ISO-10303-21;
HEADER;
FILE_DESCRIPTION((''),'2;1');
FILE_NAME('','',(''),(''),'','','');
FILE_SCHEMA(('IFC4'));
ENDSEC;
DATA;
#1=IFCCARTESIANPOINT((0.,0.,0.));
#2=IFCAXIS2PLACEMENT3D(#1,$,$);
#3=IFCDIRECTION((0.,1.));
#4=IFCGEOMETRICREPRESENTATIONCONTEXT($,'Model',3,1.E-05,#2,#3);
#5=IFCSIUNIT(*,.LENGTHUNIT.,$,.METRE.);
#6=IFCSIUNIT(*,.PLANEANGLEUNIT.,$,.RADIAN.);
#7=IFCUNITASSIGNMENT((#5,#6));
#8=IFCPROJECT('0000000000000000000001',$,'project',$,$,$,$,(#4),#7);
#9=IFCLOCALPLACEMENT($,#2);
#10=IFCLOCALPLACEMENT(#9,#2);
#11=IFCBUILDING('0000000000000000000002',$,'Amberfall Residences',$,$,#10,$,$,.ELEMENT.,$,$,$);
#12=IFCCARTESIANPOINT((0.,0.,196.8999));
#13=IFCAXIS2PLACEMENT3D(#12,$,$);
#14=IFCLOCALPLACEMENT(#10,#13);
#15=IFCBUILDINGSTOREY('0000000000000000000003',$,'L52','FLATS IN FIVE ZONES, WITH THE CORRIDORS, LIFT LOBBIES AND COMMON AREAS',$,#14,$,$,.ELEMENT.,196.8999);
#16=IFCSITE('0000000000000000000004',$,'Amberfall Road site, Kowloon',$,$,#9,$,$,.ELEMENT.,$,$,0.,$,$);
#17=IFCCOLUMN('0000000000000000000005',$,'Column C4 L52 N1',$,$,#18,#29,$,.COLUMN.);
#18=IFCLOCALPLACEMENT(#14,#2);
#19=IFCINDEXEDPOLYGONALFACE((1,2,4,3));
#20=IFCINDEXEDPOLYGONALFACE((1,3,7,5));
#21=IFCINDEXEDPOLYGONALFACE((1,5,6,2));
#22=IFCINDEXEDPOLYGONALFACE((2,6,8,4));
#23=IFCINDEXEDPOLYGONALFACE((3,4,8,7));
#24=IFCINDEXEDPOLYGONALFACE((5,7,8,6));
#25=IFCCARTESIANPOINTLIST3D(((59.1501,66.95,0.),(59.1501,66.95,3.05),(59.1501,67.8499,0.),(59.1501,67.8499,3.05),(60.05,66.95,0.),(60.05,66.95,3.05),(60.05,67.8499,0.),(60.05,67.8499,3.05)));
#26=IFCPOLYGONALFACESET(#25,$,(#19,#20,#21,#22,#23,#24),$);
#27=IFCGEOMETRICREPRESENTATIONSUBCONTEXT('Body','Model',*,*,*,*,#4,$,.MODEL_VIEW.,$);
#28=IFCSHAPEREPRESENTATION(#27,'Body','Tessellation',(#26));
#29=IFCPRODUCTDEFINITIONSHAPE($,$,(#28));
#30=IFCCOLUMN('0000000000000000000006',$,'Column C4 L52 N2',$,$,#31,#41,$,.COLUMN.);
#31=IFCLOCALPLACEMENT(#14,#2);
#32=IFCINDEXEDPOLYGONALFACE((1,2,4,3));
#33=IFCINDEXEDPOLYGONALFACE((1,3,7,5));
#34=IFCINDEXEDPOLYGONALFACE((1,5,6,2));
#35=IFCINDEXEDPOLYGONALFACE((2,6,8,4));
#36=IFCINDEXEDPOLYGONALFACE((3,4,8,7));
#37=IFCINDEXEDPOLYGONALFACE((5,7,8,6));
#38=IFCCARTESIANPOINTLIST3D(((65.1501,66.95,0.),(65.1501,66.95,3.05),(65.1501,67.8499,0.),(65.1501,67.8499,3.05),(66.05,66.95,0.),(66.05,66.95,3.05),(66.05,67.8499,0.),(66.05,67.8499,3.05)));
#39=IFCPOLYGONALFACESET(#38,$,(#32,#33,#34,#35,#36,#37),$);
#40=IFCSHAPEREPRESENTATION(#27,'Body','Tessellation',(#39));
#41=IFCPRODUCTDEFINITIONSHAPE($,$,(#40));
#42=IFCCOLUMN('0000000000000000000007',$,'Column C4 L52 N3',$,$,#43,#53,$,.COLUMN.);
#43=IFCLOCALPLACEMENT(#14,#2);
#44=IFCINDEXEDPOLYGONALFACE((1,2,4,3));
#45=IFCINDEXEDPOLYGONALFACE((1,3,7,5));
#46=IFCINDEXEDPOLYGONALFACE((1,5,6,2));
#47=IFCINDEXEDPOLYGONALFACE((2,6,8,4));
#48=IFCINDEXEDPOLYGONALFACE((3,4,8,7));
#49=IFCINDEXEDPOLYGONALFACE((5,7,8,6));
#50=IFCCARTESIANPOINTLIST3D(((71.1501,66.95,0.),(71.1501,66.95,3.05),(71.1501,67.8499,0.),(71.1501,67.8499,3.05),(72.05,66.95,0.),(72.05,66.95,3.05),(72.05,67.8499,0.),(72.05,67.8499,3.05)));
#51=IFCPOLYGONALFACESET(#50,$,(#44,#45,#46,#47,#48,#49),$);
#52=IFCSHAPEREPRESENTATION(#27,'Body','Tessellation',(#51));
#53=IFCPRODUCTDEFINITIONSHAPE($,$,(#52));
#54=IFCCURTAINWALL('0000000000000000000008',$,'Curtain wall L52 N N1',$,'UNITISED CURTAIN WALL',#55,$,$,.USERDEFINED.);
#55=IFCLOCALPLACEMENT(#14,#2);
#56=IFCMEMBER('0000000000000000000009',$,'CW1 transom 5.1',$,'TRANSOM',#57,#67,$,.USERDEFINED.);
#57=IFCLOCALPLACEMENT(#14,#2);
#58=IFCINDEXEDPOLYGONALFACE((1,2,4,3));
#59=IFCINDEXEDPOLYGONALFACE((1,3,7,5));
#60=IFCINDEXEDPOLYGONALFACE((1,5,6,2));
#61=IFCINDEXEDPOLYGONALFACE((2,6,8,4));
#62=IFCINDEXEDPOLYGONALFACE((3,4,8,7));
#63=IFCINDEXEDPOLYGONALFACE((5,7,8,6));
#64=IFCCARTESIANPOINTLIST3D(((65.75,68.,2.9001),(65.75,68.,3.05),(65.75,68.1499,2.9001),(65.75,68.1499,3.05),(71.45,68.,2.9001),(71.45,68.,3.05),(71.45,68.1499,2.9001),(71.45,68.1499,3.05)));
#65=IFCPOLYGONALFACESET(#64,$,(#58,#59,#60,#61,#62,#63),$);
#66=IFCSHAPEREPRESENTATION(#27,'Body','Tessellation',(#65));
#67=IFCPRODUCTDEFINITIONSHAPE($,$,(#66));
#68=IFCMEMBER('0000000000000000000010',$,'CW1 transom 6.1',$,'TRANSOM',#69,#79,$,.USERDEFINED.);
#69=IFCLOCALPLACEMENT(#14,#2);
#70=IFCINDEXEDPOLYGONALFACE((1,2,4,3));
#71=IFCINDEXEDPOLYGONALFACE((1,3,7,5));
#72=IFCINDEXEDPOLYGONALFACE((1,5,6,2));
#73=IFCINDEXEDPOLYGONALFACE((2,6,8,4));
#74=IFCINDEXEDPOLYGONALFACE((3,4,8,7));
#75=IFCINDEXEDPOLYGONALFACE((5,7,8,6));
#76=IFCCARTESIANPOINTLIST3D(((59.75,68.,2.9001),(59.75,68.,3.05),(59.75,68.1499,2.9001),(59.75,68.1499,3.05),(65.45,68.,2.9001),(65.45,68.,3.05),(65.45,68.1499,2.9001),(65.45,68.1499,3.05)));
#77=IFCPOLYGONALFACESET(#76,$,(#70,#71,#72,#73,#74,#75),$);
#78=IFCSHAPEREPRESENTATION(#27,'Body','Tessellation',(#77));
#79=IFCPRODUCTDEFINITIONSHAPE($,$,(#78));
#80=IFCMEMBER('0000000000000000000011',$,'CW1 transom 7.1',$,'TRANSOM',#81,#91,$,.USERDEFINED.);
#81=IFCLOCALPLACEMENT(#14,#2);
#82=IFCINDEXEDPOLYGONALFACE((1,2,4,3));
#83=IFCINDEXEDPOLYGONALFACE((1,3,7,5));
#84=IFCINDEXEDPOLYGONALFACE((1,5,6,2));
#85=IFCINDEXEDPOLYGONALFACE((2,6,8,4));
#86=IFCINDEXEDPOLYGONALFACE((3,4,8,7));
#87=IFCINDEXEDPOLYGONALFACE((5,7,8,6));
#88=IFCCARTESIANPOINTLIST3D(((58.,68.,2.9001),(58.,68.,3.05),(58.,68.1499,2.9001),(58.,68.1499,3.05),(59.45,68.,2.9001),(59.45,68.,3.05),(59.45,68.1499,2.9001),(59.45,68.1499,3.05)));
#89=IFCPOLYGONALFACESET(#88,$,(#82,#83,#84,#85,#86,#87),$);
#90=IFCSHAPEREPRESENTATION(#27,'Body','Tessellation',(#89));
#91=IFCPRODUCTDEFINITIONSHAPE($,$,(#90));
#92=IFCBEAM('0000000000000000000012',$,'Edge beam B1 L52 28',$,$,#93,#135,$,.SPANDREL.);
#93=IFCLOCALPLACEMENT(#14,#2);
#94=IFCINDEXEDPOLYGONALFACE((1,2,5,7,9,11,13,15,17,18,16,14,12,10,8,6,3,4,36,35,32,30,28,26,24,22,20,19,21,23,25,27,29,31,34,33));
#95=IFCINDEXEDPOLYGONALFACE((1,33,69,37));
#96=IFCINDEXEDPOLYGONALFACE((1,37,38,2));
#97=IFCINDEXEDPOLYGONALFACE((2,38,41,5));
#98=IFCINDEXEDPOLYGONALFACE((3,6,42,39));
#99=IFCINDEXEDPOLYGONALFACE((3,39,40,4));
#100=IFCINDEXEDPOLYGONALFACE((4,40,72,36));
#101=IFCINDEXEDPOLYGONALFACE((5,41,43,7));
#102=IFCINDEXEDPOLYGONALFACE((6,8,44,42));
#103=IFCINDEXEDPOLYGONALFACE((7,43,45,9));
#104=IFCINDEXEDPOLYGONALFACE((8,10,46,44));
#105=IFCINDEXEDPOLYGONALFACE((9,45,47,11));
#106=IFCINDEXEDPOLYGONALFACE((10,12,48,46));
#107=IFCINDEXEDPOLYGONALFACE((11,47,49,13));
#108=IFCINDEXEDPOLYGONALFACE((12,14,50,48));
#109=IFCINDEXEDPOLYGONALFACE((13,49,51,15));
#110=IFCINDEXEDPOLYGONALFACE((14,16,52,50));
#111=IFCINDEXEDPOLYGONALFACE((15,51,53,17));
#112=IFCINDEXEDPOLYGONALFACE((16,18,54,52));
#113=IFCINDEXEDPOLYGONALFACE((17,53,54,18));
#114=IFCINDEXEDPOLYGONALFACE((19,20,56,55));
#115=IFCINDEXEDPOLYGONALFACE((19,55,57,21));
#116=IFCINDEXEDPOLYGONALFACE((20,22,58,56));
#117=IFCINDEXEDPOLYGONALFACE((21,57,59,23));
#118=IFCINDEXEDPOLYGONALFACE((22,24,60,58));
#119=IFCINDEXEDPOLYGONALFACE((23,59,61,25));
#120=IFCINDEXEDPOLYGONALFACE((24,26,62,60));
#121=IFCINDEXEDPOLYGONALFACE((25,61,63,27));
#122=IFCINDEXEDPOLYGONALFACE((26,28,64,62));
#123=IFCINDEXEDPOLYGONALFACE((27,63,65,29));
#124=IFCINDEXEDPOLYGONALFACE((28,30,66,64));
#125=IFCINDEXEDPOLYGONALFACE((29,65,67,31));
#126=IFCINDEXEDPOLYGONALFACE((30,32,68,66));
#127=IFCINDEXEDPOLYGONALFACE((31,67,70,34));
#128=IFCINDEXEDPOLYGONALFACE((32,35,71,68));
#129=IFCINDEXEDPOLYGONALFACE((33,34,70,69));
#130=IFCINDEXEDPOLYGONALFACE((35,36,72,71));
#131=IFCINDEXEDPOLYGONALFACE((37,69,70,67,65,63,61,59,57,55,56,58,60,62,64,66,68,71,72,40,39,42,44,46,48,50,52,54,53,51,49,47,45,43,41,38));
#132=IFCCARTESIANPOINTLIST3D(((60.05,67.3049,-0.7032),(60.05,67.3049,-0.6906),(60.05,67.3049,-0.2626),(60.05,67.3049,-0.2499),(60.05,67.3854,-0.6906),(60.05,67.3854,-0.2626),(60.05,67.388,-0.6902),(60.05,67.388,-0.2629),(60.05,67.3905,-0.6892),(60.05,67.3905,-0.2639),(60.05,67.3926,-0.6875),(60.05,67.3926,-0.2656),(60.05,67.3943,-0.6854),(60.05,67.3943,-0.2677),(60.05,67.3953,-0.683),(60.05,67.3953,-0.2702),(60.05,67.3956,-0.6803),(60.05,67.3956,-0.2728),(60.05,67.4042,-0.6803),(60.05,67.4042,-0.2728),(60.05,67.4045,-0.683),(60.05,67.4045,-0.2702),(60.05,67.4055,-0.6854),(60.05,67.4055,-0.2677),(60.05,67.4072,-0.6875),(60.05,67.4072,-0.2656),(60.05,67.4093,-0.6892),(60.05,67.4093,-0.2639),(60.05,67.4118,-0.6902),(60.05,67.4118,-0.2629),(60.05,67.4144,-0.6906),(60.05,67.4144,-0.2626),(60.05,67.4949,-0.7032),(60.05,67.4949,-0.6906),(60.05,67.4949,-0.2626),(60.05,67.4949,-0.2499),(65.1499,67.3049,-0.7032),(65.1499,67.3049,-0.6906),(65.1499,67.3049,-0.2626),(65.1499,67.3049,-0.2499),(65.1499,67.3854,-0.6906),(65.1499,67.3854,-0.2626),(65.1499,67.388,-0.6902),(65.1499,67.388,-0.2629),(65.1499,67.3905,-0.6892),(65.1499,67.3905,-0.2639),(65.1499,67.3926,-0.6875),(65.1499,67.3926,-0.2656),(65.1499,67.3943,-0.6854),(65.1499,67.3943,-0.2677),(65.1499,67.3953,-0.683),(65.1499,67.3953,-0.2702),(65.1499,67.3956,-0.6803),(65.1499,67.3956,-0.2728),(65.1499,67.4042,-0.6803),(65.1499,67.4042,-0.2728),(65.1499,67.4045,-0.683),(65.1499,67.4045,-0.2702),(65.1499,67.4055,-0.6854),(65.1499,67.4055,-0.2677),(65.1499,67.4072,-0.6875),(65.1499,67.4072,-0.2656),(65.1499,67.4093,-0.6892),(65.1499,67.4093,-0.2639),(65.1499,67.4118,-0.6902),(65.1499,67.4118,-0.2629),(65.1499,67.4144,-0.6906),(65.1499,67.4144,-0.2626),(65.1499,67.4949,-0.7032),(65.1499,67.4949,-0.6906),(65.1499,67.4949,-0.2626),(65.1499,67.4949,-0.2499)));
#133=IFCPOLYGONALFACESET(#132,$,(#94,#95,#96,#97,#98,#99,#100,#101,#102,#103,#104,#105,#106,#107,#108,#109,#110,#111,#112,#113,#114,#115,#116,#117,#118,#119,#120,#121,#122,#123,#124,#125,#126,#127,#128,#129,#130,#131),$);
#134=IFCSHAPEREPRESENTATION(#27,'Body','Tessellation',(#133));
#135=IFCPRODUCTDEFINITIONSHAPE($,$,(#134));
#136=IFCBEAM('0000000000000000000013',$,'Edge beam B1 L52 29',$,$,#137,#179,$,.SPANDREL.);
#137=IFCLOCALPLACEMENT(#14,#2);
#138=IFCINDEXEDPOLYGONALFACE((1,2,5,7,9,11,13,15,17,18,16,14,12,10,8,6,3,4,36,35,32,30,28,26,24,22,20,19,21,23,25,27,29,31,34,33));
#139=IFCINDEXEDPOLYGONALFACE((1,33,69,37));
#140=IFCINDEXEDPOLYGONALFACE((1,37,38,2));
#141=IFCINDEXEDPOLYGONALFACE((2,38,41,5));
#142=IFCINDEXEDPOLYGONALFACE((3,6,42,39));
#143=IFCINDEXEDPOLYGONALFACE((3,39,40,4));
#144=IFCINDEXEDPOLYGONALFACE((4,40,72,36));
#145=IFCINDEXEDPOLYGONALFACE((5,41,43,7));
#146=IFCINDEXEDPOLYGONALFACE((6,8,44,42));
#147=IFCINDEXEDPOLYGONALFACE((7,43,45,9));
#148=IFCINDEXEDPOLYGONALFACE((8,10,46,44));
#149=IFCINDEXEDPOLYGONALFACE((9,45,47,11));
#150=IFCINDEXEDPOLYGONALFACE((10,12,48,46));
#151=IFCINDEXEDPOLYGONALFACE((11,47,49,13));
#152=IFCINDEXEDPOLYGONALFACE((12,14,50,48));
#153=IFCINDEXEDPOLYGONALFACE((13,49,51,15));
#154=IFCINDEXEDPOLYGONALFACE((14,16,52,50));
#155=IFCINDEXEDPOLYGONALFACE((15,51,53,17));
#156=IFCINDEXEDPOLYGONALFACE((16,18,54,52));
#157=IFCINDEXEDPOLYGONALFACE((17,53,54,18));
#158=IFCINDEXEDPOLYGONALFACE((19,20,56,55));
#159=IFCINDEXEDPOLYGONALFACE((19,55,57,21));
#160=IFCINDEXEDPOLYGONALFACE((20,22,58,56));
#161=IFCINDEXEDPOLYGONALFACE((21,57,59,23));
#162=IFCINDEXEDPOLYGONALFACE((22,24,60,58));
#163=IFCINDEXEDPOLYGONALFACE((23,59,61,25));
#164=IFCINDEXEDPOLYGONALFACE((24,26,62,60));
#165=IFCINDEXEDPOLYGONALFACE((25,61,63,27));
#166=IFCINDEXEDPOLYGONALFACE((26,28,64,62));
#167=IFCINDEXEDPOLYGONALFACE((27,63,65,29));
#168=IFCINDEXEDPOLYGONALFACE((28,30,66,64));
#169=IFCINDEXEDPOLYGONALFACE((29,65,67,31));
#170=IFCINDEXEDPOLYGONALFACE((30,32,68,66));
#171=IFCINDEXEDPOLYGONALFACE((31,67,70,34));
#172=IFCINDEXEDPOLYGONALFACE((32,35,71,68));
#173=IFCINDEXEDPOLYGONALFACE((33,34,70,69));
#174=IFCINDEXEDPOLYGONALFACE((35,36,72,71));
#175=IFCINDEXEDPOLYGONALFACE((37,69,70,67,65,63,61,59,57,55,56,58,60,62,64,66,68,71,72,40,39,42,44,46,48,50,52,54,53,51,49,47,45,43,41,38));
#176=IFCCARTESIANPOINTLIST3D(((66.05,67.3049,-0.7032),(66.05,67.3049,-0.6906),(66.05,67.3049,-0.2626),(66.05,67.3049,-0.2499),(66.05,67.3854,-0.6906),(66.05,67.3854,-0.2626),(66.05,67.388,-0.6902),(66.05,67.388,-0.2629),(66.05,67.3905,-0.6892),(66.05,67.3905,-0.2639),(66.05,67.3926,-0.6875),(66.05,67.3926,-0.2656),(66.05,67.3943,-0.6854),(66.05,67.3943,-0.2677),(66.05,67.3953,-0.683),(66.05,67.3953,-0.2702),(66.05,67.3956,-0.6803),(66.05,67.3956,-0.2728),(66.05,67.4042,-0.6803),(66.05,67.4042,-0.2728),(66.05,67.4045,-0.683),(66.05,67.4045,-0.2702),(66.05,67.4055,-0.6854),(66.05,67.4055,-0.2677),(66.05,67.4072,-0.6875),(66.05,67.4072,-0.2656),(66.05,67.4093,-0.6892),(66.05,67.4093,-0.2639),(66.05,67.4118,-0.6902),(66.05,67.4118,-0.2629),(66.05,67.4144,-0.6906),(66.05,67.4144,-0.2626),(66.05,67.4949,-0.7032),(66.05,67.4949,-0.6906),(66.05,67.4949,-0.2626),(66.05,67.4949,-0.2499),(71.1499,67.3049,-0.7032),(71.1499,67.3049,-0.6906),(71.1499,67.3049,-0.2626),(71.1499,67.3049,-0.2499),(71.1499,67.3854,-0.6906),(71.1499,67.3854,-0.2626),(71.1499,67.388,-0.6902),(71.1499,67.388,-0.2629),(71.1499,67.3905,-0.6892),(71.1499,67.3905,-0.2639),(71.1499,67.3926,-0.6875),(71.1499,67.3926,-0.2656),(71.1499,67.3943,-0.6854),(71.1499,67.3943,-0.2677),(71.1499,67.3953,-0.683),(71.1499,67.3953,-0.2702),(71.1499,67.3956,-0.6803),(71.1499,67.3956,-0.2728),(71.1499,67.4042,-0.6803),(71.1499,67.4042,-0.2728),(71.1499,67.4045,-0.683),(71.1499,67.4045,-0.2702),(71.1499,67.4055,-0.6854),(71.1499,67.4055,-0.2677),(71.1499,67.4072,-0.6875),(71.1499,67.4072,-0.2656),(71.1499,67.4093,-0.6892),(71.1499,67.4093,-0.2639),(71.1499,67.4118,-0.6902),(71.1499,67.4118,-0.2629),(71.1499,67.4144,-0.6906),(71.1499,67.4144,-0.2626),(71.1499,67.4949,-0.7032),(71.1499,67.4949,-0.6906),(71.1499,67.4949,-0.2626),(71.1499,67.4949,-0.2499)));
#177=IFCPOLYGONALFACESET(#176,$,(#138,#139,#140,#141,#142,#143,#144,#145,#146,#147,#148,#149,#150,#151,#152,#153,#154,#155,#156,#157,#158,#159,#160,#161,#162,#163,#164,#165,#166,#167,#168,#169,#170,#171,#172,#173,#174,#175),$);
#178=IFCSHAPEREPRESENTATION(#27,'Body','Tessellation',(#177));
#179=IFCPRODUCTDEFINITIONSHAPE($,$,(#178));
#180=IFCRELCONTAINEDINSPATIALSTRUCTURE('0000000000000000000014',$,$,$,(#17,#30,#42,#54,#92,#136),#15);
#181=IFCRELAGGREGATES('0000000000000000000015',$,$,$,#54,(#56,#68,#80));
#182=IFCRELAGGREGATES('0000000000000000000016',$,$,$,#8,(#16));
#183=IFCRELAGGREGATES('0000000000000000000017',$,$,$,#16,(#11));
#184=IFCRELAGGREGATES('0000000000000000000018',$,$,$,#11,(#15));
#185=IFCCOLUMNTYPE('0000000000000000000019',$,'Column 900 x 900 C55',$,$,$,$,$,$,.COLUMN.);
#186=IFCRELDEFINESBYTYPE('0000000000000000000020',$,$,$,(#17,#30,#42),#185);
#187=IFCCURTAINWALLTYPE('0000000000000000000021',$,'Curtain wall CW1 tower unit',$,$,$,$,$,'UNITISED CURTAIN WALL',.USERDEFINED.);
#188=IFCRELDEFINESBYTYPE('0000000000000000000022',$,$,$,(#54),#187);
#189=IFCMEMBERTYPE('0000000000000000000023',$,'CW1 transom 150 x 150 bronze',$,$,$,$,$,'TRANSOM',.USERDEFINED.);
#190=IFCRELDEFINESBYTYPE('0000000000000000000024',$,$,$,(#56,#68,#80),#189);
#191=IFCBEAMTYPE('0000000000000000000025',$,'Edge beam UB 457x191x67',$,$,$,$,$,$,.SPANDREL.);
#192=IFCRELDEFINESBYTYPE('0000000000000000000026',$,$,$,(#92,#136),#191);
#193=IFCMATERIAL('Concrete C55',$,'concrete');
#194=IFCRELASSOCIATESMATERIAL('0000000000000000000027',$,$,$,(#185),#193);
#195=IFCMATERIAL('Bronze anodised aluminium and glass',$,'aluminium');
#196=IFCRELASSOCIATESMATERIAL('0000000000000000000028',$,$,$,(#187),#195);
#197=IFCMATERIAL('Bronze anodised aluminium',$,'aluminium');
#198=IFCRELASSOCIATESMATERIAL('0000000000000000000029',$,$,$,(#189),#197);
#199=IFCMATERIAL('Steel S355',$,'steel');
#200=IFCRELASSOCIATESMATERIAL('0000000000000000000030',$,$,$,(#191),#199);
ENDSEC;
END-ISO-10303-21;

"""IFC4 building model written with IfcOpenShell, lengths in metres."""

from ifc_helpers import new_model, si_unit, direction, frame, origin, origin_2d, place, context, subcontext, project, spatial, rectangle, i_section, extrude, material, material_profile, profile_set, type_object, element, aggregate, save


model = new_model("IFC4")

# Units and contexts
model_context = context("Model", 3, precision=1e-05, world=origin(), true_north=direction((0.0, 1.0)))
body_context = subcontext(model_context, "Body", "Model", "MODEL_VIEW")
ifc_project = project(units=[si_unit("LENGTHUNIT", "METRE"), si_unit("PLANEANGLEUNIT", "RADIAN")], contexts=[model_context])

# Site, building, storey
site_placement = place(None, origin())
site = spatial("IfcSite", under=ifc_project, at=site_placement, Name="Amberfall Road site, Kowloon", CompositionType="ELEMENT", RefElevation=0.0)
building_placement = place(site_placement, origin())
building = spatial("IfcBuilding", under=site, at=building_placement, Name="Amberfall Residences", CompositionType="ELEMENT")
storey_placement = place(building_placement, frame((0.0, 0.0, 196.8999)))
storey = spatial("IfcBuildingStorey", under=building, at=storey_placement, Name="L52", Description="FLATS IN FIVE ZONES, WITH THE CORRIDORS, LIFT LOBBIES AND COMMON AREAS", CompositionType="ELEMENT", Elevation=196.8999)

# Columns
ifc_material_1 = material(Name="Concrete C55", Category="concrete")
ifc_material_profile_1 = material_profile(ifc_material_1, rectangle(XDim=0.8999, YDim=0.8999, at=origin_2d()), Name="Column 900 x 900 C55")
ifc_profile_set_1 = profile_set([ifc_material_profile_1], Name="Concrete C55")
column_type = type_object("IfcColumnType", Name="Column 900 x 900 C55", PredefinedType="COLUMN", material=ifc_profile_set_1)
for number, where, z_axis, x_axis, name in (
    (1, (59.6001, 67.3999, 0.0), (0.0, 0.0, 1.0), (1.0, 0.0, 0.0), "Column C4 L52 N1"),
    (2, (65.6001, 67.3999, 0.0), (0.0, 0.0, 1.0), (1.0, 0.0, 0.0), "Column C4 L52 N2"),
    (3, (71.6001, 67.3999, 0.0), (0.0, 0.0, 1.0), (1.0, 0.0, 0.0), "Column C4 L52 N3"),
):
    element("IfcColumn", number, at=place(storey_placement, frame(where, z_axis=z_axis, x_axis=x_axis)), inside=storey, type_object=column_type, Name=name, PredefinedType="COLUMN", context=body_context, shape_type="SweptSolid", body=[
        extrude(rectangle(XDim=0.8999, YDim=0.8999, at=origin_2d()), origin(), (0.0, 0.0, 1.0), 3.05),
    ])

# Curtain wall, members
ifc_material_2 = material(Name="Bronze anodised aluminium and glass", Category="aluminium")
curtain_wall_type = type_object("IfcCurtainWallType", Name="Curtain wall CW1 tower unit", ElementType="UNITISED CURTAIN WALL", PredefinedType="USERDEFINED", material=ifc_material_2)
curtain_wall_placement = place(storey_placement, origin())
curtain_wall = element("IfcCurtainWall", 4, at=curtain_wall_placement, inside=storey, type_object=curtain_wall_type, Name="Curtain wall L52 N N1", ObjectType="UNITISED CURTAIN WALL", PredefinedType="USERDEFINED")
ifc_material_3 = material(Name="Bronze anodised aluminium", Category="aluminium")
ifc_material_profile_2 = material_profile(ifc_material_3, rectangle(XDim=0.1499, YDim=0.1499, at=origin_2d()), Name="CW1 transom 150 x 150 bronze")
ifc_profile_set_2 = profile_set([ifc_material_profile_2], Name="Bronze anodised aluminium")
member_type_1 = type_object("IfcMemberType", Name="CW1 transom 150 x 150 bronze", ElementType="TRANSOM", PredefinedType="USERDEFINED", material=ifc_profile_set_2)
member_1_placement = place(storey_placement, frame((71.45, 68.075, 2.9751), z_axis=(-1.0, 0.0, 0.0), x_axis=(0.0, -1.0, 0.0)))
member_1 = element("IfcMember", 5, at=member_1_placement, type_object=member_type_1, Name="CW1 transom 5.1", ObjectType="TRANSOM", PredefinedType="USERDEFINED", context=body_context, shape_type="SweptSolid", body=[
    extrude(rectangle(XDim=0.1499, YDim=0.1499, at=origin_2d()), origin(), (0.0, 0.0, 1.0), 5.7),
])
member_2_placement = place(storey_placement, frame((65.45, 68.075, 2.9751), z_axis=(-1.0, 0.0, 0.0), x_axis=(0.0, -1.0, 0.0)))
member_2 = element("IfcMember", 6, at=member_2_placement, type_object=member_type_1, Name="CW1 transom 6.1", ObjectType="TRANSOM", PredefinedType="USERDEFINED", context=body_context, shape_type="SweptSolid", body=[
    extrude(rectangle(XDim=0.1499, YDim=0.1499, at=origin_2d()), origin(), (0.0, 0.0, 1.0), 5.7),
])
member_3_placement = place(storey_placement, frame((59.45, 68.075, 2.9751), z_axis=(-1.0, 0.0, 0.0), x_axis=(0.0, -1.0, 0.0)))
member_3 = element("IfcMember", 7, at=member_3_placement, type_object=member_type_1, Name="CW1 transom 7.1", ObjectType="TRANSOM", PredefinedType="USERDEFINED", context=body_context, shape_type="SweptSolid", body=[
    extrude(rectangle(XDim=0.1499, YDim=0.1499, at=origin_2d()), origin(), (0.0, 0.0, 1.0), 1.45),
])

# Beams
ifc_material_4 = material(Name="Steel S355", Category="steel")
ifc_material_profile_3 = material_profile(ifc_material_4, i_section(OverallWidth=0.1899, OverallDepth=0.4534, WebThickness=0.0085, FlangeThickness=0.0127, FilletRadius=0.0103, at=origin_2d()), Name="UB 457x191x67")
ifc_profile_set_3 = profile_set([ifc_material_profile_3], Name="Steel S355")
beam_type_1 = type_object("IfcBeamType", Name="Edge beam UB 457x191x67", PredefinedType="SPANDREL", material=ifc_profile_set_3)
for number, where, z_axis, x_axis, name in (
    (8, (60.05, 67.3999, -0.4766), (1.0, 0.0, 0.0), (0.0, 1.0, 0.0), "Edge beam B1 L52 28"),
    (9, (66.05, 67.3999, -0.4766), (1.0, 0.0, 0.0), (0.0, 1.0, 0.0), "Edge beam B1 L52 29"),
):
    element("IfcBeam", number, at=place(storey_placement, frame(where, z_axis=z_axis, x_axis=x_axis)), inside=storey, type_object=beam_type_1, Name=name, PredefinedType="SPANDREL", context=body_context, shape_type="SweptSolid", body=[
        extrude(i_section(OverallWidth=0.1899, OverallDepth=0.4534, WebThickness=0.0085, FlangeThickness=0.0127, FilletRadius=0.0103, at=origin_2d()), origin(), (0.0, 0.0, 1.0), 5.0999),
    ])

aggregate(curtain_wall, [member_1, member_2, member_3])

save(model, "model.ifc")
